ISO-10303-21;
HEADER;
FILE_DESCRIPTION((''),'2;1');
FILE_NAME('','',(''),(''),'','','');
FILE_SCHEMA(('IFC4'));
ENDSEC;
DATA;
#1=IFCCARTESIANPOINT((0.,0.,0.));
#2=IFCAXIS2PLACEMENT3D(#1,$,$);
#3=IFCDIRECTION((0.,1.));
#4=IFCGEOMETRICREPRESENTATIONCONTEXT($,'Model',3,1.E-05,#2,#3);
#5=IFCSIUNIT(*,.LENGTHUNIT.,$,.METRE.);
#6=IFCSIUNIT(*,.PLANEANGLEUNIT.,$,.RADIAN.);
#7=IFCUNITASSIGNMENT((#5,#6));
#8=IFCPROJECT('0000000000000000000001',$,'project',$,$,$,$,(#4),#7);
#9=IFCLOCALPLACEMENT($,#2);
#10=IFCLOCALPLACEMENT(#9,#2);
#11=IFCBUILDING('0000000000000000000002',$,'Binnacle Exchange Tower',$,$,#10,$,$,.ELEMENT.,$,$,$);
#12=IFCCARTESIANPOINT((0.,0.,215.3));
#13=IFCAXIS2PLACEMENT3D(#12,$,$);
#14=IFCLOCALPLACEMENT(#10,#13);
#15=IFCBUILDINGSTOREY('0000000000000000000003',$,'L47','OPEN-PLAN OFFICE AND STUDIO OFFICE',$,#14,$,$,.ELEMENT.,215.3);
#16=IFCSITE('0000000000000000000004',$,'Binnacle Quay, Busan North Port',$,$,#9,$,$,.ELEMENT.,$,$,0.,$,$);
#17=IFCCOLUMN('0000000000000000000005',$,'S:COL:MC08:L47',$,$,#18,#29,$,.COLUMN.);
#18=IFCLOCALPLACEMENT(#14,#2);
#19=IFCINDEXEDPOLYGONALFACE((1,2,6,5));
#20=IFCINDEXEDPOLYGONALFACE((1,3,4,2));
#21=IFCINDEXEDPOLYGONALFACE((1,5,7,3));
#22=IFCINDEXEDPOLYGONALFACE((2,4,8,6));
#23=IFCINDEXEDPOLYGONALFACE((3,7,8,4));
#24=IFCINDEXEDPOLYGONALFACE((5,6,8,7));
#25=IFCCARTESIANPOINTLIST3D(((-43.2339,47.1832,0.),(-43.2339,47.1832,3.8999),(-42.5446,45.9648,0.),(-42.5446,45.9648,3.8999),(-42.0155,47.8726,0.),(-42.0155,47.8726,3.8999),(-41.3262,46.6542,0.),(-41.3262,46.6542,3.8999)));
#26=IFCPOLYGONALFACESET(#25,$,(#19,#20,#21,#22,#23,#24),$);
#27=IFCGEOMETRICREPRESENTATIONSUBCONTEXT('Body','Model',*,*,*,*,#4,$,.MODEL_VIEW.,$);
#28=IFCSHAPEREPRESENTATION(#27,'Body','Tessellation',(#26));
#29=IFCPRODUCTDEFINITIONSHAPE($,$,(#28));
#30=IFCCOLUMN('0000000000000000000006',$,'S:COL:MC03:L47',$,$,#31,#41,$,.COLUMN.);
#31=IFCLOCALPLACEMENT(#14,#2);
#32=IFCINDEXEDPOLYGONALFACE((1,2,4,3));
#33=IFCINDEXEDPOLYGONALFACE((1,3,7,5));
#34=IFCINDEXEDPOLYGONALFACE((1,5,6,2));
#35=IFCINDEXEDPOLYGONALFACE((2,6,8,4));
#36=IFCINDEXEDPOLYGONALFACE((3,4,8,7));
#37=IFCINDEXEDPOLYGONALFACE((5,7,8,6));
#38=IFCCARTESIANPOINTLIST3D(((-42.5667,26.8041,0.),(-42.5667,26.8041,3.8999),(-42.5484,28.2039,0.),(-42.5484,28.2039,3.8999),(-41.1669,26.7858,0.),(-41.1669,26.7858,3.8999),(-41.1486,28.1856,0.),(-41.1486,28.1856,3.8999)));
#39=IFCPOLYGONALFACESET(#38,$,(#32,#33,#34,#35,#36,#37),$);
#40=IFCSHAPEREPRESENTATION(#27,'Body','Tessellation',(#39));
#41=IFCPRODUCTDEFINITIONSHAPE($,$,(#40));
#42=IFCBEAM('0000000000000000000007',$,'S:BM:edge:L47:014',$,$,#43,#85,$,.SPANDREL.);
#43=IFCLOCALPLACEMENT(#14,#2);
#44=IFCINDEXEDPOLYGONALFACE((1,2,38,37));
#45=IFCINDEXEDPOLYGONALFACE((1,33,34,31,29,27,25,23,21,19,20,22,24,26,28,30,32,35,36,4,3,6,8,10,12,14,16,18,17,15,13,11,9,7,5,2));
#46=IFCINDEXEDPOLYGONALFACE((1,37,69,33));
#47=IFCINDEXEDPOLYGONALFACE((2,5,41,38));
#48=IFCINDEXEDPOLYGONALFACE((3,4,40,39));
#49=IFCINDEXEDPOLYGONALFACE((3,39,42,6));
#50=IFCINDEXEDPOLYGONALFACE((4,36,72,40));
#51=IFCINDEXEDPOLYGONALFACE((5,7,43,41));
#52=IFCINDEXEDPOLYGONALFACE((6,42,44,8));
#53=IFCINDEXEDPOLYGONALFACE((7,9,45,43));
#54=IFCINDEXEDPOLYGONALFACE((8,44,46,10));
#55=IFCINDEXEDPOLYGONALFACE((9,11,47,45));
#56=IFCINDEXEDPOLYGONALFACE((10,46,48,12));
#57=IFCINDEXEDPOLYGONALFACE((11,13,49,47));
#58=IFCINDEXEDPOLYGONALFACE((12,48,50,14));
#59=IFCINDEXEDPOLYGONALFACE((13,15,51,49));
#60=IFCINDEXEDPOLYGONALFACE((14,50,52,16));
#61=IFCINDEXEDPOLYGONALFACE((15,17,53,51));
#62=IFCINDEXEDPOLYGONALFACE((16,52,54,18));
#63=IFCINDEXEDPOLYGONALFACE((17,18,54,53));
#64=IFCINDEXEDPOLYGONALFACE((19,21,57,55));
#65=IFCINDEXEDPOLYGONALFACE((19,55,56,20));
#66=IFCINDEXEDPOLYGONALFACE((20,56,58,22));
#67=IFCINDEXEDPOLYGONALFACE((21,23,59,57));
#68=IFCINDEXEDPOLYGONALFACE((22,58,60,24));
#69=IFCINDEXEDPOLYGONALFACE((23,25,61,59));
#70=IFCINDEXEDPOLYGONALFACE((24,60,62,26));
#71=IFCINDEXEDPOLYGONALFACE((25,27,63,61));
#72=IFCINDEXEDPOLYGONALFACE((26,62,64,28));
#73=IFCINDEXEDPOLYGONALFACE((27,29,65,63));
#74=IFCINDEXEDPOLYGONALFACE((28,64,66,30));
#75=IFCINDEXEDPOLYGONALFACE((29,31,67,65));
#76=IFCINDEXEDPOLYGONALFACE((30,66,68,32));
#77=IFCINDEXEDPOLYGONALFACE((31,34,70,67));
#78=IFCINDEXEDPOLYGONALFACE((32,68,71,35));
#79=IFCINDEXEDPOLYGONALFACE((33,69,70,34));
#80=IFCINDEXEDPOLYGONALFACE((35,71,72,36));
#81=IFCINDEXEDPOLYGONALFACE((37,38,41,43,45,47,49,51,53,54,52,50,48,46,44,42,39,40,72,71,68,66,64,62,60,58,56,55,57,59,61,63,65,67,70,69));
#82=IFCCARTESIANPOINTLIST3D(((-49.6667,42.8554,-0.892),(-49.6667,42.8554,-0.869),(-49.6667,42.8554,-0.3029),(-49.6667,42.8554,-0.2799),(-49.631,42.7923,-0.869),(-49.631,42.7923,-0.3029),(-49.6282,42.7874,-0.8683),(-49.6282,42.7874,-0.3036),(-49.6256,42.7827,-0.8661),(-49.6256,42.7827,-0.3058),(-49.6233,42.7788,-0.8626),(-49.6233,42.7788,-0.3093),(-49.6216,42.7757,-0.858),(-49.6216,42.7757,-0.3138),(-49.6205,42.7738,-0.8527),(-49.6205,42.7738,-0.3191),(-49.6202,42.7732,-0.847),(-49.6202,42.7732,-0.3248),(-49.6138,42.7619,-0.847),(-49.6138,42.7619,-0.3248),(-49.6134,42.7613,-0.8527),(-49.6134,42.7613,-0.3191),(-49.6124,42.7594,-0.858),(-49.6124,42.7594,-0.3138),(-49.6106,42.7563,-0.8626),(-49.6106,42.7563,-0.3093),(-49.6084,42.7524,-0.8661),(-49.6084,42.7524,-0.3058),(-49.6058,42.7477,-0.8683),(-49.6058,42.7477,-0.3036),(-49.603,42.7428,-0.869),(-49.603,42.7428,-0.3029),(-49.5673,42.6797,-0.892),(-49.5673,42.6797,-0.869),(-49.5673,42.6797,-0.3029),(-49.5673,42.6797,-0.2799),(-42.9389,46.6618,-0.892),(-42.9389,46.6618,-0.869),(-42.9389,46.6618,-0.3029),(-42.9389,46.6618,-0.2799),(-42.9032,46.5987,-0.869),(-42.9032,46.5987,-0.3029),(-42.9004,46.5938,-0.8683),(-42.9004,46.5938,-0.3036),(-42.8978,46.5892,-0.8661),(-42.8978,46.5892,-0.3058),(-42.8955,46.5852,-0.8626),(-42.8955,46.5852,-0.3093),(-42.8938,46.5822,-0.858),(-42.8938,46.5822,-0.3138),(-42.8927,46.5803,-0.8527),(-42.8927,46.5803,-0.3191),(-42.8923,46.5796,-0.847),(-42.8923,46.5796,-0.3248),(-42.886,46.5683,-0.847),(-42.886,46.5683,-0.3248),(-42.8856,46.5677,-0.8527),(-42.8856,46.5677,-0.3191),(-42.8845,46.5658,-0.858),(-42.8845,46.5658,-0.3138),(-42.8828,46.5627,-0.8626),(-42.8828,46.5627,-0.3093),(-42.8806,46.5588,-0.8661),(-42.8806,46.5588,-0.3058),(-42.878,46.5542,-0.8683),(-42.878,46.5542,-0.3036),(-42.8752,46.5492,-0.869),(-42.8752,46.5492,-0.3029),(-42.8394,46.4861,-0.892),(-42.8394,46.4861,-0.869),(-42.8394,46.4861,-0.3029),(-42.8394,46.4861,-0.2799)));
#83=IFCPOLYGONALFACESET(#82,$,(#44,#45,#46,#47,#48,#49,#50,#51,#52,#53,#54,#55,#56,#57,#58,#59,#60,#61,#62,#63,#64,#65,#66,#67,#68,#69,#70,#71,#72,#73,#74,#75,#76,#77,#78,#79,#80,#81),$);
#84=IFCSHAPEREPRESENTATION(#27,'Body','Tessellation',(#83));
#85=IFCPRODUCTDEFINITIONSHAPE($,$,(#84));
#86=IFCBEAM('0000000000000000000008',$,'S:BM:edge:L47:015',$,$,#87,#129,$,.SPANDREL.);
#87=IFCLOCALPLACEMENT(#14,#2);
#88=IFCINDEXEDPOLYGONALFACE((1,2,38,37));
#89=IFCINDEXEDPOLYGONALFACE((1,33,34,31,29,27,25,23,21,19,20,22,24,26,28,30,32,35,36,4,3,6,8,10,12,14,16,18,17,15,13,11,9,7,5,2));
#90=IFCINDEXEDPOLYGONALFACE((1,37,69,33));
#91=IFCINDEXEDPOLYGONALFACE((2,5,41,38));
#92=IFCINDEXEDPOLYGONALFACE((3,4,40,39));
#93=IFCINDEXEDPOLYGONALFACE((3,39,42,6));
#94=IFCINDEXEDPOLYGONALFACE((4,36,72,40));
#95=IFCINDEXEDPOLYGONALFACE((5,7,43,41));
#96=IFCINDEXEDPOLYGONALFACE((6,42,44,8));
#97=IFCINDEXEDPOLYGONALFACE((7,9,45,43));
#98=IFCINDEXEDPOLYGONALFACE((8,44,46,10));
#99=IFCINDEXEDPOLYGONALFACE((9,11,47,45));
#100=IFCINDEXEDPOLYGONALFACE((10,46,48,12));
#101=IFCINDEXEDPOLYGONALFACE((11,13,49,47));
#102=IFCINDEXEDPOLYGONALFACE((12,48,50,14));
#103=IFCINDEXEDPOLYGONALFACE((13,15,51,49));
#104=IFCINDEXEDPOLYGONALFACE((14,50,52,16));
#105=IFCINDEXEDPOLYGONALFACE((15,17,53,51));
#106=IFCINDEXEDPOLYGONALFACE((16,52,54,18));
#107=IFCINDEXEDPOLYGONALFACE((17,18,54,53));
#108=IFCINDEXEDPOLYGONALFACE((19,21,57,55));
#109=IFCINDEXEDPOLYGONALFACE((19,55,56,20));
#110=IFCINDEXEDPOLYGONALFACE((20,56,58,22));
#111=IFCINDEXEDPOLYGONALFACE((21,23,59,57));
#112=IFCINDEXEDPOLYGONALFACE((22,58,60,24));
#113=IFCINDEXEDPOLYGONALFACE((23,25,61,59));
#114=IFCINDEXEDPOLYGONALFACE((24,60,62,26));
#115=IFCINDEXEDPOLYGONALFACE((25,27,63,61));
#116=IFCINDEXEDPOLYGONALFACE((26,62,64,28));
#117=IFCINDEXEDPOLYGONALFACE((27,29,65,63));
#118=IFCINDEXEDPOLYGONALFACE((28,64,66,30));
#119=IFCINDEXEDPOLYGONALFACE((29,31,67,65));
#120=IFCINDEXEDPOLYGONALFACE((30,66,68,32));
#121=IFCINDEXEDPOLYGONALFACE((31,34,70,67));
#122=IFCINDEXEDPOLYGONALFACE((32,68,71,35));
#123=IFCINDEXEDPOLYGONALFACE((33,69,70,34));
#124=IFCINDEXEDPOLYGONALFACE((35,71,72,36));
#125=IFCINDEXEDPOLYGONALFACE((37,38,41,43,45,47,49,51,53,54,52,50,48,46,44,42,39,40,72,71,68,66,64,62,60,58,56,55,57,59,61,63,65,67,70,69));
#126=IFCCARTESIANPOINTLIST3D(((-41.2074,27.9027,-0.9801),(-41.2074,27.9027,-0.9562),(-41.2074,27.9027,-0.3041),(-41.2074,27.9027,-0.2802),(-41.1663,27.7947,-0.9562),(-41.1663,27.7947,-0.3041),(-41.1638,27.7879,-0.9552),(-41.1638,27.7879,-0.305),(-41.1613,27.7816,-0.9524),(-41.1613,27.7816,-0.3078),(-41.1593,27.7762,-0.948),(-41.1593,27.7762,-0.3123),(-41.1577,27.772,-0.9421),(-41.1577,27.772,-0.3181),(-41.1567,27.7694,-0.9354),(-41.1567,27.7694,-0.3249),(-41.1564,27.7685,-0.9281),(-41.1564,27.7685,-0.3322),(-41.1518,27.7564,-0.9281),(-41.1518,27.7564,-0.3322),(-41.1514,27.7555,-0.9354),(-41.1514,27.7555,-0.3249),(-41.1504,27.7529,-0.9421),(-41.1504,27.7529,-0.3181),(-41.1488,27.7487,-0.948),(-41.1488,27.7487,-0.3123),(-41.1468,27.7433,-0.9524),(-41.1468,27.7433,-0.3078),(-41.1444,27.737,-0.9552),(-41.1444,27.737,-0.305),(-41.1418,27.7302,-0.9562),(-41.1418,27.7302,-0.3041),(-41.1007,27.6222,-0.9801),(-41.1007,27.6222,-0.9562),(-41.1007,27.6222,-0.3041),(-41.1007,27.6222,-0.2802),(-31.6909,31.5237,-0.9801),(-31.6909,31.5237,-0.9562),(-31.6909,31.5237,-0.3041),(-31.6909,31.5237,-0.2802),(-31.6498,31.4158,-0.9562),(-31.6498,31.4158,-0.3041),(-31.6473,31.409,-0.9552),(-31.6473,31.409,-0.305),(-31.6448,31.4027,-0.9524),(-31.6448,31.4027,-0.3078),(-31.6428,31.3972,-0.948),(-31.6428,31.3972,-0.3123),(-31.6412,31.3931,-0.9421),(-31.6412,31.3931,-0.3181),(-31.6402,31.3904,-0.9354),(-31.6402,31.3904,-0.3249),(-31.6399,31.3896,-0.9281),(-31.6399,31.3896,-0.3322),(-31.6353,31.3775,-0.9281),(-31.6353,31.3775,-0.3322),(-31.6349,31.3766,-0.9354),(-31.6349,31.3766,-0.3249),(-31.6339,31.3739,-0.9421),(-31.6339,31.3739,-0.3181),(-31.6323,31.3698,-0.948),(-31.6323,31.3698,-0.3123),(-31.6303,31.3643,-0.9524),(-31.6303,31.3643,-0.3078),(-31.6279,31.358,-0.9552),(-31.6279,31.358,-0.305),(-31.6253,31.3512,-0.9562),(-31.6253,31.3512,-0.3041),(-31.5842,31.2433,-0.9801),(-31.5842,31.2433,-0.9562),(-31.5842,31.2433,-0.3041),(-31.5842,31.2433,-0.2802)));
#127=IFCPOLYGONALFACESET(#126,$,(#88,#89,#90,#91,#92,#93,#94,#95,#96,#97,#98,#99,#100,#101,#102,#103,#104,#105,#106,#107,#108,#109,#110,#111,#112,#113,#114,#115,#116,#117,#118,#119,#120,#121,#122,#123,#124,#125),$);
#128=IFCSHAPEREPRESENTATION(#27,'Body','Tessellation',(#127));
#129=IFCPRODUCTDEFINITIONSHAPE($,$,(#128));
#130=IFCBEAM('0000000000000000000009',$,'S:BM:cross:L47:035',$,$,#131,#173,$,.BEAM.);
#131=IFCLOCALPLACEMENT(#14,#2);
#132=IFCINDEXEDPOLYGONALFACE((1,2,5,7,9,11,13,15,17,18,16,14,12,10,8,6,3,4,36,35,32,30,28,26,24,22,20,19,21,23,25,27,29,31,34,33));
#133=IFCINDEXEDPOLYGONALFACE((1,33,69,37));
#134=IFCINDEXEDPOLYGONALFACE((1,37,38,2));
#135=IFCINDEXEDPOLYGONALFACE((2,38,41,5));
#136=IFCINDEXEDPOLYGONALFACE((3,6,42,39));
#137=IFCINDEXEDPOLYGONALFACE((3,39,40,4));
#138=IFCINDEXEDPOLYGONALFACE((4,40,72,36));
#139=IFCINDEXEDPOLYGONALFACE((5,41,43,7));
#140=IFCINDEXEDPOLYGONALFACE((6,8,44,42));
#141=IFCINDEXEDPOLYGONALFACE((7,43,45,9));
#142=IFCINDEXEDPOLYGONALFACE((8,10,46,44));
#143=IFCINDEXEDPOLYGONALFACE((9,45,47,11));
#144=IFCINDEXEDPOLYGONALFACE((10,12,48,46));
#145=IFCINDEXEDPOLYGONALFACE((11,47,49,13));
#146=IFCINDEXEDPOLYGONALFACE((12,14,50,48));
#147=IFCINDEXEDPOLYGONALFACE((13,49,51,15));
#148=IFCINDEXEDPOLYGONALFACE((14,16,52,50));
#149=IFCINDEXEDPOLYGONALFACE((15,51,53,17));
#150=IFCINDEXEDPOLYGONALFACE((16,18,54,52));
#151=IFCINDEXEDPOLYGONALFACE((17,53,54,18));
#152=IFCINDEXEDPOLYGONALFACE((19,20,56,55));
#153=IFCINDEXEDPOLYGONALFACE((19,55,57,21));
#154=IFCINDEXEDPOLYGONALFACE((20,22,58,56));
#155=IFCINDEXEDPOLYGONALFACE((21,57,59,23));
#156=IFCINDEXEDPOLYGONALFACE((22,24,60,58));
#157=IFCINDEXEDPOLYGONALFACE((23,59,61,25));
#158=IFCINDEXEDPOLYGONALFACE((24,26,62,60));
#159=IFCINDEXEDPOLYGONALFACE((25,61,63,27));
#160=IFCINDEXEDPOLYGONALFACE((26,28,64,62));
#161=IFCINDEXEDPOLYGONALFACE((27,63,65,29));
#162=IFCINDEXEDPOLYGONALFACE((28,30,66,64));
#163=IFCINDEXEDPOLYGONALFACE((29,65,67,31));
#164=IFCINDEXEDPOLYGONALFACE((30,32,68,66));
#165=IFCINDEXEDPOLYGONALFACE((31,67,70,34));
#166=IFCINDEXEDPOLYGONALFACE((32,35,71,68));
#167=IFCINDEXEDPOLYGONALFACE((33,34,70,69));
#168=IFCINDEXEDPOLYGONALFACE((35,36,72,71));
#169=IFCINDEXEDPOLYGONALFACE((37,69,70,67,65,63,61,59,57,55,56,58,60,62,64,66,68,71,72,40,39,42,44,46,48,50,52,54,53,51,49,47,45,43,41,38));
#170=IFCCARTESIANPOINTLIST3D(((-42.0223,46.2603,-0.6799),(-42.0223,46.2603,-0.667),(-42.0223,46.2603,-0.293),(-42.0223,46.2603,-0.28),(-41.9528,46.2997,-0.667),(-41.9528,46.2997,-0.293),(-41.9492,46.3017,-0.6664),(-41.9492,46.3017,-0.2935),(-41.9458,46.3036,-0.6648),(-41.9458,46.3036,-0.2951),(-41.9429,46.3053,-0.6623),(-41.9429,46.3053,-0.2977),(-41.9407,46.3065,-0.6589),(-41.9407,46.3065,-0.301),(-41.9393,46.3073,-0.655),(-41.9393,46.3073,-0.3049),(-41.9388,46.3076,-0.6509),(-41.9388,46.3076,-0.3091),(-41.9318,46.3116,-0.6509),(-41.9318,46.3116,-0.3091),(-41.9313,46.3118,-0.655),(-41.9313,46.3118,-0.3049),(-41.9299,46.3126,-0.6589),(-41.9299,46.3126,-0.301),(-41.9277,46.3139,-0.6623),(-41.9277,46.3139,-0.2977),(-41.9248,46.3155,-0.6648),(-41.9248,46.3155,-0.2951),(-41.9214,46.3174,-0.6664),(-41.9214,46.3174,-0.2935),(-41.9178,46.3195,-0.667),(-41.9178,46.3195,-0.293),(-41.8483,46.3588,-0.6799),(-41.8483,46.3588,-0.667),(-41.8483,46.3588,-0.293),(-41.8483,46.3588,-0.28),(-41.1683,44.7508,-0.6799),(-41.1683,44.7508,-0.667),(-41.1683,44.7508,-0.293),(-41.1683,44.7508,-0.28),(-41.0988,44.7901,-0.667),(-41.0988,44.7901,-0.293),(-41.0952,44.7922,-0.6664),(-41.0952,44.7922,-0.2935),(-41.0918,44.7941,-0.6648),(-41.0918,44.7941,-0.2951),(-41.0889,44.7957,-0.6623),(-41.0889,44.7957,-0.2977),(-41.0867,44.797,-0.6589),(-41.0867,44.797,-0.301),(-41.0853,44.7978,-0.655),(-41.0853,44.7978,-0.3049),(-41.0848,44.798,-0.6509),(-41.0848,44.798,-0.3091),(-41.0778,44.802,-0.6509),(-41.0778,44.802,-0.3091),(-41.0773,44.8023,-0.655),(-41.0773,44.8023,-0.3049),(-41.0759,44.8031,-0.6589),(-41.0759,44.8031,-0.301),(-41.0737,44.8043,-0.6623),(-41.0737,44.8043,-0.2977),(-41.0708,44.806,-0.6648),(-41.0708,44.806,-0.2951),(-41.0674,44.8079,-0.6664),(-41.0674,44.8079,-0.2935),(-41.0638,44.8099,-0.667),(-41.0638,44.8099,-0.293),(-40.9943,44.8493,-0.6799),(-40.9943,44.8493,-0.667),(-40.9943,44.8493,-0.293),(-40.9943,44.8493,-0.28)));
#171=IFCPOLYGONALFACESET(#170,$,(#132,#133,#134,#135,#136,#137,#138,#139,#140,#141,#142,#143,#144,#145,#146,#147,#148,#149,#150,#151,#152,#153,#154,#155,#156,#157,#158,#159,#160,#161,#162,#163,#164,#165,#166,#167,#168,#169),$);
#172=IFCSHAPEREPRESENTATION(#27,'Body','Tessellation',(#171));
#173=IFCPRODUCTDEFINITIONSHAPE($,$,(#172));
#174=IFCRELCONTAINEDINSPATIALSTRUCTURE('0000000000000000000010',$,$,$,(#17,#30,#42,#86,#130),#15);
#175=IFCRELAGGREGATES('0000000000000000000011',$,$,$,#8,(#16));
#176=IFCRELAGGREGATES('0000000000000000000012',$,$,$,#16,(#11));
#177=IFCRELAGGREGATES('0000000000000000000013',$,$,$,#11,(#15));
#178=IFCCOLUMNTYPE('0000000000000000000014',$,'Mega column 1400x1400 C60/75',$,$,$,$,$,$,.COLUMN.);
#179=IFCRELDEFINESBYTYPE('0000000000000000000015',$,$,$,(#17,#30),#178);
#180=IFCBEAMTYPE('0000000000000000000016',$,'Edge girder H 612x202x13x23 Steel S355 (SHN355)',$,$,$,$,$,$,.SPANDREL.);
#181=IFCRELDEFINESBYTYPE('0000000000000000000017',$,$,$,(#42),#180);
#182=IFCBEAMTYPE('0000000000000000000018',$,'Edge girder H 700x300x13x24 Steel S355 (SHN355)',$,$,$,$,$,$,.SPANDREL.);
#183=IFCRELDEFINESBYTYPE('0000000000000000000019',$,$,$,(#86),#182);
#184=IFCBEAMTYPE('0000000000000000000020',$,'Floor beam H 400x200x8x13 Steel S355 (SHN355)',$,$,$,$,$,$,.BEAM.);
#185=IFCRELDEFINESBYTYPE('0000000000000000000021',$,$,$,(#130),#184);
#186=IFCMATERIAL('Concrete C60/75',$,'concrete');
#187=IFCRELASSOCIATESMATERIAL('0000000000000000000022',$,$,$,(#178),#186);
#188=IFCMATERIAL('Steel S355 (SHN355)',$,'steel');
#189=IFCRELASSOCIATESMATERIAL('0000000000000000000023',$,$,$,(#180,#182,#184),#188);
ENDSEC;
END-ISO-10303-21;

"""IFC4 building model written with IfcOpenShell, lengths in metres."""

from ifc_helpers import new_model, si_unit, direction, frame, origin, origin_2d, place, context, subcontext, project, spatial, rectangle, i_section, extrude, material, material_profile, profile_set, type_object, element, save


model = new_model("IFC4")

# Units and contexts
model_context = context("Model", 3, precision=1e-05, world=origin(), true_north=direction((0.0, 1.0)))
body_context = subcontext(model_context, "Body", "Model", "MODEL_VIEW")
ifc_project = project(units=[si_unit("LENGTHUNIT", "METRE"), si_unit("PLANEANGLEUNIT", "RADIAN")], contexts=[model_context])

# Site, building, storey
site_placement = place(None, origin())
site = spatial("IfcSite", under=ifc_project, at=site_placement, Name="Binnacle Quay, Busan North Port", CompositionType="ELEMENT", RefElevation=0.0)
building_placement = place(site_placement, origin())
building = spatial("IfcBuilding", under=site, at=building_placement, Name="Binnacle Exchange Tower", CompositionType="ELEMENT")
storey_placement = place(building_placement, frame((0.0, 0.0, 215.3)))
storey = spatial("IfcBuildingStorey", under=building, at=storey_placement, Name="L47", Description="OPEN-PLAN OFFICE AND STUDIO OFFICE", CompositionType="ELEMENT", Elevation=215.3)

# Columns
ifc_material_1 = material(Name="Concrete C60/75", Category="concrete")
ifc_material_profile_1 = material_profile(ifc_material_1, rectangle(XDim=1.3999, YDim=1.3999, at=origin_2d()), Name="Mega column 1400x1400 C60/75")
ifc_profile_set_1 = profile_set([ifc_material_profile_1], Name="Concrete C60/75")
column_type = type_object("IfcColumnType", Name="Mega column 1400x1400 C60/75", PredefinedType="COLUMN", material=ifc_profile_set_1)
for number, where, z_axis, x_axis, name in (
    (1, (-42.28, 46.9187, 0.0), (0.0, 0.0, 1.0), (-0.870356, -0.492424, 0.0), "S:COL:MC08:L47"),
    (2, (-41.8577, 27.4949, 0.0), (0.0, 0.0, 1.0), (0.999914, -0.01309, 0.0), "S:COL:MC03:L47"),
):
    element("IfcColumn", number, at=place(storey_placement, frame(where, z_axis=z_axis, x_axis=x_axis)), inside=storey, type_object=column_type, Name=name, PredefinedType="COLUMN", context=body_context, shape_type="SweptSolid", body=[
        extrude(rectangle(XDim=1.3999, YDim=1.3999, at=origin_2d()), origin(), (0.0, 0.0, 1.0), 3.8999),
    ])

# Beams
ifc_material_2 = material(Name="Steel S355 (SHN355)", Category="steel")
ifc_material_profile_2 = material_profile(ifc_material_2, i_section(OverallWidth=0.2019, OverallDepth=0.6121, WebThickness=0.0129, FlangeThickness=0.0229, FilletRadius=0.022, at=origin_2d()), Name="H 612x202x13x23")
ifc_profile_set_2 = profile_set([ifc_material_profile_2], Name="Steel S355 (SHN355)")
beam_type_1 = type_object("IfcBeamType", Name="Edge girder H 612x202x13x23 Steel S355 (SHN355)", PredefinedType="SPANDREL", material=ifc_profile_set_2)
beam_1_placement = place(storey_placement, frame((-42.8892, 46.574, -0.5859), z_axis=(-0.870356, -0.492424, 0.0), x_axis=(0.492424, -0.870356, 0.0)))
element("IfcBeam", 3, at=beam_1_placement, inside=storey, type_object=beam_type_1, Name="S:BM:edge:L47:014", PredefinedType="SPANDREL", context=body_context, shape_type="SweptSolid", body=[
    extrude(i_section(OverallWidth=0.2019, OverallDepth=0.6121, WebThickness=0.0129, FlangeThickness=0.0229, FilletRadius=0.022, at=origin_2d()), origin(), (0.0, 0.0, 1.0), 7.73),
])
ifc_material_profile_3 = material_profile(ifc_material_2, i_section(OverallWidth=0.3, OverallDepth=0.7, WebThickness=0.0129, FlangeThickness=0.0239, FilletRadius=0.0281, at=origin_2d()), Name="H 700x300x13x24")
ifc_profile_set_3 = profile_set([ifc_material_profile_3], Name="Steel S355 (SHN355)")
beam_type_2 = type_object("IfcBeamType", Name="Edge girder H 700x300x13x24 Steel S355 (SHN355)", PredefinedType="SPANDREL", material=ifc_profile_set_3)
beam_2_placement = place(storey_placement, frame((-41.1541, 27.7625, -0.6301), z_axis=(0.934627, 0.355628, 0.0), x_axis=(-0.355628, 0.934627, 0.0)))
element("IfcBeam", 4, at=beam_2_placement, inside=storey, type_object=beam_type_2, Name="S:BM:edge:L47:015", PredefinedType="SPANDREL", context=body_context, shape_type="SweptSolid", body=[
    extrude(i_section(OverallWidth=0.3, OverallDepth=0.7, WebThickness=0.0129, FlangeThickness=0.0239, FilletRadius=0.0281, at=origin_2d()), origin(), (0.0, 0.0, 1.0), 10.1821),
])
ifc_material_profile_4 = material_profile(ifc_material_2, i_section(OverallWidth=0.2, OverallDepth=0.3999, WebThickness=0.0081, FlangeThickness=0.0129, FilletRadius=0.0161, at=origin_2d()), Name="H 400x200x8x13")
ifc_profile_set_4 = profile_set([ifc_material_profile_4], Name="Steel S355 (SHN355)")
beam_type_3 = type_object("IfcBeamType", Name="Floor beam H 400x200x8x13 Steel S355 (SHN355)", PredefinedType="BEAM", material=ifc_profile_set_4)
beam_3_placement = place(storey_placement, frame((-41.9353, 46.3096, -0.48), z_axis=(0.492405, -0.870366, 0.0), x_axis=(0.870366, 0.492405, 0.0)))
element("IfcBeam", 5, at=beam_3_placement, inside=storey, type_object=beam_type_3, Name="S:BM:cross:L47:035", PredefinedType="BEAM", context=body_context, shape_type="SweptSolid", body=[
    extrude(i_section(OverallWidth=0.2, OverallDepth=0.3999, WebThickness=0.0081, FlangeThickness=0.0129, FilletRadius=0.0161, at=origin_2d()), origin(), (0.0, 0.0, 1.0), 1.7344),
])

save(model, "model.ifc")
